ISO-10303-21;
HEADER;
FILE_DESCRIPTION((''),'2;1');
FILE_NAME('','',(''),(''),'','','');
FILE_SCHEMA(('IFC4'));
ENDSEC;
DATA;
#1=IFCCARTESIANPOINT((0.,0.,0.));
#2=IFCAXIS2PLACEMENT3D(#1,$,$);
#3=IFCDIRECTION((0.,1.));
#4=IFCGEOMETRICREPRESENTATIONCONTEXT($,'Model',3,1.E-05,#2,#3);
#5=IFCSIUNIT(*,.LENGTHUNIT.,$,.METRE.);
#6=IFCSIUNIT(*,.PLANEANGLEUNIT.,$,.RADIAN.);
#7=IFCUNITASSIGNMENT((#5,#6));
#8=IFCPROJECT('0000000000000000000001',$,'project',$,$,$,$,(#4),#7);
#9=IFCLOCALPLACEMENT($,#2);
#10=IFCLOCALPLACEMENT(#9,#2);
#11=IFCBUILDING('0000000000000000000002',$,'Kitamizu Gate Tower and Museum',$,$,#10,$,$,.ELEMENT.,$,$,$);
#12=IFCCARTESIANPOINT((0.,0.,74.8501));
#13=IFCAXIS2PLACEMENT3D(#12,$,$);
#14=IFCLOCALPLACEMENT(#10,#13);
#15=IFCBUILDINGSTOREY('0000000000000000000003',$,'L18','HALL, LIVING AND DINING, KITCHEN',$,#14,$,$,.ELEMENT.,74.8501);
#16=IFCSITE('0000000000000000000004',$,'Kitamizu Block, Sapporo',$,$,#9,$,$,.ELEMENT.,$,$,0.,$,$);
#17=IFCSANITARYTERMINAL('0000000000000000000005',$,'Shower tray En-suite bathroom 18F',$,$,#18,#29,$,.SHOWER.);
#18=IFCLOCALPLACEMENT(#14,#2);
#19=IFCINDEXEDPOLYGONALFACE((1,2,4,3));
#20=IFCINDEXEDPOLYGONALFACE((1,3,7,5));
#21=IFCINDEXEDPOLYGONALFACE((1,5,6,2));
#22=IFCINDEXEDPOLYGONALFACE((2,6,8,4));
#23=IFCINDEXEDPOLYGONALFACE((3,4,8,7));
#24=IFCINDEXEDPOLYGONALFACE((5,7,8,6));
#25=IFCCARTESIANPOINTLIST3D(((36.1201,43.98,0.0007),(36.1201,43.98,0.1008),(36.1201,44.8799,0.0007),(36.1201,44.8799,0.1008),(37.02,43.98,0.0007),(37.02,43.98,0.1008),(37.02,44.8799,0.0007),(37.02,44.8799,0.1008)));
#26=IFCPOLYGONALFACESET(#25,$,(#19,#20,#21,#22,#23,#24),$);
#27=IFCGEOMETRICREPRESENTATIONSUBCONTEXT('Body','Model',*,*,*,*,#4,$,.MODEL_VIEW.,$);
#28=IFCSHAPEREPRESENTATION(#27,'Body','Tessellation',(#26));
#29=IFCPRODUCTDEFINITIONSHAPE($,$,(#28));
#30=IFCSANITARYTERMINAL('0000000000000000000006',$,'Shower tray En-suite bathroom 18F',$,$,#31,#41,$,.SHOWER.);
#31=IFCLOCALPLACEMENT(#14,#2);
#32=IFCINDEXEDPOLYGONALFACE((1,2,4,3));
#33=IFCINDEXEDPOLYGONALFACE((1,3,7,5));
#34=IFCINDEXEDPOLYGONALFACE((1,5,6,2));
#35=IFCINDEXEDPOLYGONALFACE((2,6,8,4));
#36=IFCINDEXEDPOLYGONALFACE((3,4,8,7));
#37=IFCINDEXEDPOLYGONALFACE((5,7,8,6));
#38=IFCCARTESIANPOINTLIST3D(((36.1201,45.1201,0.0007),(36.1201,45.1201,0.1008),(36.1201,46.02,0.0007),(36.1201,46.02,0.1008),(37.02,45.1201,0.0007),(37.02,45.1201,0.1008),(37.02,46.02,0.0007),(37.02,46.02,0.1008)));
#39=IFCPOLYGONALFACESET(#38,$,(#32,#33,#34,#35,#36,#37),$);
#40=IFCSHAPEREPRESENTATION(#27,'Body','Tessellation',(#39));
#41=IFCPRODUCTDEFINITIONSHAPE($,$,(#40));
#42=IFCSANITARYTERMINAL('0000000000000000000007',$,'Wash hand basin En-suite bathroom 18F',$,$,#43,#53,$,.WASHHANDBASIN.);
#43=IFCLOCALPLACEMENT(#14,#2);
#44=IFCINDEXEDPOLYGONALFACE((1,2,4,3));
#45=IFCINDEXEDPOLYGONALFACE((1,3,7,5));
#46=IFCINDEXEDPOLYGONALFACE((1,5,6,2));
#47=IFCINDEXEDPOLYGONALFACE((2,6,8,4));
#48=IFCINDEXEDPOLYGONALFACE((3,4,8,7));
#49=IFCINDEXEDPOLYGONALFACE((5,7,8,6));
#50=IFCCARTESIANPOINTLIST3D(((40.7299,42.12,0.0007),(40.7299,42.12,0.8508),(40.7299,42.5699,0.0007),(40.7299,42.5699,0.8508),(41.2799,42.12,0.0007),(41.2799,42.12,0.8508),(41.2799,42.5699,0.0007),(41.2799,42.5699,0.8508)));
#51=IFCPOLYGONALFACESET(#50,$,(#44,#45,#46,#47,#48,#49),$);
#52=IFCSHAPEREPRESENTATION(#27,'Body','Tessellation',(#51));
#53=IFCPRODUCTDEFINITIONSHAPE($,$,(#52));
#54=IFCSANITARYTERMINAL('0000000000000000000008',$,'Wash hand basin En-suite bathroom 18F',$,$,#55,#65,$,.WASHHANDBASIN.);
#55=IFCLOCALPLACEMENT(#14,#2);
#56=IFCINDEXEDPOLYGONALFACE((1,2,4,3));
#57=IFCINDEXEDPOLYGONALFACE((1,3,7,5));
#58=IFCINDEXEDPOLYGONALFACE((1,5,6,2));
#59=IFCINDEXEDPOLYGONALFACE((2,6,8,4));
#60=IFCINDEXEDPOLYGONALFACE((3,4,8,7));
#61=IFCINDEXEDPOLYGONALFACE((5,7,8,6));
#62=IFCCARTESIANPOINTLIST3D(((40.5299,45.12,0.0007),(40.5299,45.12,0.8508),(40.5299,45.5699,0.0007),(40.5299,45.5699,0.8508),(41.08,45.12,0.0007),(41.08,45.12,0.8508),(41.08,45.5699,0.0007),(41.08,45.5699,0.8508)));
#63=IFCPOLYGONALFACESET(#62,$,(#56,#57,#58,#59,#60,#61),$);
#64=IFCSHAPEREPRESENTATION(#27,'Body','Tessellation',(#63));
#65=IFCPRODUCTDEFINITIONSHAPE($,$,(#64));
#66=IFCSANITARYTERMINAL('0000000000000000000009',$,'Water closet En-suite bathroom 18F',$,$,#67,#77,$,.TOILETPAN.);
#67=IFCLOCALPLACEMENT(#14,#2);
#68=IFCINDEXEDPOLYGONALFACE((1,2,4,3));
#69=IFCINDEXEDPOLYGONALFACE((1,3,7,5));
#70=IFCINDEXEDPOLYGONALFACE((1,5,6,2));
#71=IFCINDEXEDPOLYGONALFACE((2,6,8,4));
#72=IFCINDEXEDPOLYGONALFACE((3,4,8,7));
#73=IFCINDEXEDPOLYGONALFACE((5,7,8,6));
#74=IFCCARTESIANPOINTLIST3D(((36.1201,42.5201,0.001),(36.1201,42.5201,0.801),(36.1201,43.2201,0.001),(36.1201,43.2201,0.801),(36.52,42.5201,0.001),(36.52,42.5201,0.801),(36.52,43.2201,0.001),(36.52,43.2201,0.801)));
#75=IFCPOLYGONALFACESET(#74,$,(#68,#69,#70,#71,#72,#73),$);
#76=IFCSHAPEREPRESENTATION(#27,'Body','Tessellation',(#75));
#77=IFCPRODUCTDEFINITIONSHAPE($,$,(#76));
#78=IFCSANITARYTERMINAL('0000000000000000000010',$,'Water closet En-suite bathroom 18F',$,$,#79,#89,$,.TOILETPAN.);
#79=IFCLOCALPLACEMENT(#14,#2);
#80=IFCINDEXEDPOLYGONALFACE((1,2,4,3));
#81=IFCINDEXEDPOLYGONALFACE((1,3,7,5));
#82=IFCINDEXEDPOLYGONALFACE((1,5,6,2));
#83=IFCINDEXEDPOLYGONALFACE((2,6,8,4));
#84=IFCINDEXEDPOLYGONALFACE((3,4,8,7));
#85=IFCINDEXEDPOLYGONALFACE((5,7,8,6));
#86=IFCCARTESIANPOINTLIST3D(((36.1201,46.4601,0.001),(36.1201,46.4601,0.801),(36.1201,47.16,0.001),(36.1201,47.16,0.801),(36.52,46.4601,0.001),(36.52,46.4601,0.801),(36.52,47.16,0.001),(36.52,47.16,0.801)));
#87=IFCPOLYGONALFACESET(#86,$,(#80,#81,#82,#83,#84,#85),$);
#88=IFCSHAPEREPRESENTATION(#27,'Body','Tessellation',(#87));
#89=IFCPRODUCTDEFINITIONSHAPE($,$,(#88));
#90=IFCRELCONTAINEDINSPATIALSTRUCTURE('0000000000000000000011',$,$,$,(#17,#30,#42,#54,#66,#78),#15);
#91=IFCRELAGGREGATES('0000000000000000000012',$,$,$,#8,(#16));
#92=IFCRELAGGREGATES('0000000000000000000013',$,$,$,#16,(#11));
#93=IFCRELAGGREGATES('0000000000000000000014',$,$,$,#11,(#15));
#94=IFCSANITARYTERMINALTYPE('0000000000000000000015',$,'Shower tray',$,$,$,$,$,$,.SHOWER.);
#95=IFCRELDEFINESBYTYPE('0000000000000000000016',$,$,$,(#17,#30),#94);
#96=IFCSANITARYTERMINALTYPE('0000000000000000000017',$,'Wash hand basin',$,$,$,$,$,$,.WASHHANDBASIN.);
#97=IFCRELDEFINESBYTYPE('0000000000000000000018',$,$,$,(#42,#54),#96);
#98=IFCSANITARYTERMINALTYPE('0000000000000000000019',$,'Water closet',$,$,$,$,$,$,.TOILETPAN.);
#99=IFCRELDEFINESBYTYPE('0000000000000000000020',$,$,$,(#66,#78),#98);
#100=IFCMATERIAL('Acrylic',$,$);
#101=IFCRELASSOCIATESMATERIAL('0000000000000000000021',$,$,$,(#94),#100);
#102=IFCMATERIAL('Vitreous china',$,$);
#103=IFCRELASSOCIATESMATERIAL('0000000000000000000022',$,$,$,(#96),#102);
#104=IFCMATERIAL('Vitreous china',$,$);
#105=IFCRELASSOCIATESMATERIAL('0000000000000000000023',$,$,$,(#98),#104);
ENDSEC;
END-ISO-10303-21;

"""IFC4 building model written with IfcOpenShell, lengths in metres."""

from ifc_helpers import new_model, si_unit, direction, frame, origin, origin_2d, place, context, subcontext, project, spatial, rectangle, extrude, material, type_object, element, save


model = new_model("IFC4")

# Units and contexts
model_context = context("Model", 3, precision=1e-05, world=origin(), true_north=direction((0.0, 1.0)))
body_context = subcontext(model_context, "Body", "Model", "MODEL_VIEW")
ifc_project = project(units=[si_unit("LENGTHUNIT", "METRE"), si_unit("PLANEANGLEUNIT", "RADIAN")], contexts=[model_context])

# Site, building, storey
site_placement = place(None, origin())
site = spatial("IfcSite", under=ifc_project, at=site_placement, Name="Kitamizu Block, Sapporo", CompositionType="ELEMENT", RefElevation=0.0)
building_placement = place(site_placement, origin())
building = spatial("IfcBuilding", under=site, at=building_placement, Name="Kitamizu Gate Tower and Museum", CompositionType="ELEMENT")
storey_placement = place(building_placement, frame((0.0, 0.0, 74.8501)))
storey = spatial("IfcBuildingStorey", under=building, at=storey_placement, Name="L18", Description="HALL, LIVING AND DINING, KITCHEN", CompositionType="ELEMENT", Elevation=74.8501)

# Sanitary terminals
ifc_material_1 = material(Name="Acrylic")
sanitary_terminal_type_1 = type_object("IfcSanitaryTerminalType", Name="Shower tray", PredefinedType="SHOWER", material=ifc_material_1)
for number, where, z_axis, x_axis, name in (
    (1, (36.5701, 44.4299, 0.0007), (0.0, 0.0, 1.0), (1.0, 0.0, 0.0), "Shower tray En-suite bathroom 18F"),
    (2, (36.5701, 45.5701, 0.0007), (0.0, 0.0, 1.0), (1.0, 0.0, 0.0), "Shower tray En-suite bathroom 18F"),
):
    element("IfcSanitaryTerminal", number, at=place(storey_placement, frame(where, z_axis=z_axis, x_axis=x_axis)), inside=storey, type_object=sanitary_terminal_type_1, Name=name, PredefinedType="SHOWER", context=body_context, shape_type="SweptSolid", body=[
        extrude(rectangle(XDim=0.8999, YDim=0.8999, at=origin_2d()), origin(), (0.0, 0.0, 1.0), 0.1001),
    ])
ifc_material_2 = material(Name="Vitreous china")
sanitary_terminal_type_2 = type_object("IfcSanitaryTerminalType", Name="Wash hand basin", PredefinedType="WASHHANDBASIN", material=ifc_material_2)
for number, where, z_axis, x_axis, name in (
    (3, (41.0049, 42.345, 0.0007), (0.0, 0.0, 1.0), (1.0, 0.0, 0.0), "Wash hand basin En-suite bathroom 18F"),
    (4, (40.8049, 45.345, 0.0007), (0.0, 0.0, 1.0), (1.0, 0.0, 0.0), "Wash hand basin En-suite bathroom 18F"),
):
    element("IfcSanitaryTerminal", number, at=place(storey_placement, frame(where, z_axis=z_axis, x_axis=x_axis)), inside=storey, type_object=sanitary_terminal_type_2, Name=name, PredefinedType="WASHHANDBASIN", context=body_context, shape_type="SweptSolid", body=[
        extrude(rectangle(XDim=0.55, YDim=0.45, at=origin_2d()), origin(), (0.0, 0.0, 1.0), 0.8501),
    ])
ifc_material_3 = material(Name="Vitreous china")
sanitary_terminal_type_3 = type_object("IfcSanitaryTerminalType", Name="Water closet", PredefinedType="TOILETPAN", material=ifc_material_3)
for number, where, z_axis, x_axis, name in (
    (5, (36.3201, 42.8701, 0.001), (0.0, 0.0, 1.0), (1.0, 0.0, 0.0), "Water closet En-suite bathroom 18F"),
    (6, (36.3201, 46.8101, 0.001), (0.0, 0.0, 1.0), (1.0, 0.0, 0.0), "Water closet En-suite bathroom 18F"),
):
    element("IfcSanitaryTerminal", number, at=place(storey_placement, frame(where, z_axis=z_axis, x_axis=x_axis)), inside=storey, type_object=sanitary_terminal_type_3, Name=name, PredefinedType="TOILETPAN", context=body_context, shape_type="SweptSolid", body=[
        extrude(rectangle(XDim=0.3999, YDim=0.7, at=origin_2d()), origin(), (0.0, 0.0, 1.0), 0.8),
    ])

save(model, "model.ifc")
